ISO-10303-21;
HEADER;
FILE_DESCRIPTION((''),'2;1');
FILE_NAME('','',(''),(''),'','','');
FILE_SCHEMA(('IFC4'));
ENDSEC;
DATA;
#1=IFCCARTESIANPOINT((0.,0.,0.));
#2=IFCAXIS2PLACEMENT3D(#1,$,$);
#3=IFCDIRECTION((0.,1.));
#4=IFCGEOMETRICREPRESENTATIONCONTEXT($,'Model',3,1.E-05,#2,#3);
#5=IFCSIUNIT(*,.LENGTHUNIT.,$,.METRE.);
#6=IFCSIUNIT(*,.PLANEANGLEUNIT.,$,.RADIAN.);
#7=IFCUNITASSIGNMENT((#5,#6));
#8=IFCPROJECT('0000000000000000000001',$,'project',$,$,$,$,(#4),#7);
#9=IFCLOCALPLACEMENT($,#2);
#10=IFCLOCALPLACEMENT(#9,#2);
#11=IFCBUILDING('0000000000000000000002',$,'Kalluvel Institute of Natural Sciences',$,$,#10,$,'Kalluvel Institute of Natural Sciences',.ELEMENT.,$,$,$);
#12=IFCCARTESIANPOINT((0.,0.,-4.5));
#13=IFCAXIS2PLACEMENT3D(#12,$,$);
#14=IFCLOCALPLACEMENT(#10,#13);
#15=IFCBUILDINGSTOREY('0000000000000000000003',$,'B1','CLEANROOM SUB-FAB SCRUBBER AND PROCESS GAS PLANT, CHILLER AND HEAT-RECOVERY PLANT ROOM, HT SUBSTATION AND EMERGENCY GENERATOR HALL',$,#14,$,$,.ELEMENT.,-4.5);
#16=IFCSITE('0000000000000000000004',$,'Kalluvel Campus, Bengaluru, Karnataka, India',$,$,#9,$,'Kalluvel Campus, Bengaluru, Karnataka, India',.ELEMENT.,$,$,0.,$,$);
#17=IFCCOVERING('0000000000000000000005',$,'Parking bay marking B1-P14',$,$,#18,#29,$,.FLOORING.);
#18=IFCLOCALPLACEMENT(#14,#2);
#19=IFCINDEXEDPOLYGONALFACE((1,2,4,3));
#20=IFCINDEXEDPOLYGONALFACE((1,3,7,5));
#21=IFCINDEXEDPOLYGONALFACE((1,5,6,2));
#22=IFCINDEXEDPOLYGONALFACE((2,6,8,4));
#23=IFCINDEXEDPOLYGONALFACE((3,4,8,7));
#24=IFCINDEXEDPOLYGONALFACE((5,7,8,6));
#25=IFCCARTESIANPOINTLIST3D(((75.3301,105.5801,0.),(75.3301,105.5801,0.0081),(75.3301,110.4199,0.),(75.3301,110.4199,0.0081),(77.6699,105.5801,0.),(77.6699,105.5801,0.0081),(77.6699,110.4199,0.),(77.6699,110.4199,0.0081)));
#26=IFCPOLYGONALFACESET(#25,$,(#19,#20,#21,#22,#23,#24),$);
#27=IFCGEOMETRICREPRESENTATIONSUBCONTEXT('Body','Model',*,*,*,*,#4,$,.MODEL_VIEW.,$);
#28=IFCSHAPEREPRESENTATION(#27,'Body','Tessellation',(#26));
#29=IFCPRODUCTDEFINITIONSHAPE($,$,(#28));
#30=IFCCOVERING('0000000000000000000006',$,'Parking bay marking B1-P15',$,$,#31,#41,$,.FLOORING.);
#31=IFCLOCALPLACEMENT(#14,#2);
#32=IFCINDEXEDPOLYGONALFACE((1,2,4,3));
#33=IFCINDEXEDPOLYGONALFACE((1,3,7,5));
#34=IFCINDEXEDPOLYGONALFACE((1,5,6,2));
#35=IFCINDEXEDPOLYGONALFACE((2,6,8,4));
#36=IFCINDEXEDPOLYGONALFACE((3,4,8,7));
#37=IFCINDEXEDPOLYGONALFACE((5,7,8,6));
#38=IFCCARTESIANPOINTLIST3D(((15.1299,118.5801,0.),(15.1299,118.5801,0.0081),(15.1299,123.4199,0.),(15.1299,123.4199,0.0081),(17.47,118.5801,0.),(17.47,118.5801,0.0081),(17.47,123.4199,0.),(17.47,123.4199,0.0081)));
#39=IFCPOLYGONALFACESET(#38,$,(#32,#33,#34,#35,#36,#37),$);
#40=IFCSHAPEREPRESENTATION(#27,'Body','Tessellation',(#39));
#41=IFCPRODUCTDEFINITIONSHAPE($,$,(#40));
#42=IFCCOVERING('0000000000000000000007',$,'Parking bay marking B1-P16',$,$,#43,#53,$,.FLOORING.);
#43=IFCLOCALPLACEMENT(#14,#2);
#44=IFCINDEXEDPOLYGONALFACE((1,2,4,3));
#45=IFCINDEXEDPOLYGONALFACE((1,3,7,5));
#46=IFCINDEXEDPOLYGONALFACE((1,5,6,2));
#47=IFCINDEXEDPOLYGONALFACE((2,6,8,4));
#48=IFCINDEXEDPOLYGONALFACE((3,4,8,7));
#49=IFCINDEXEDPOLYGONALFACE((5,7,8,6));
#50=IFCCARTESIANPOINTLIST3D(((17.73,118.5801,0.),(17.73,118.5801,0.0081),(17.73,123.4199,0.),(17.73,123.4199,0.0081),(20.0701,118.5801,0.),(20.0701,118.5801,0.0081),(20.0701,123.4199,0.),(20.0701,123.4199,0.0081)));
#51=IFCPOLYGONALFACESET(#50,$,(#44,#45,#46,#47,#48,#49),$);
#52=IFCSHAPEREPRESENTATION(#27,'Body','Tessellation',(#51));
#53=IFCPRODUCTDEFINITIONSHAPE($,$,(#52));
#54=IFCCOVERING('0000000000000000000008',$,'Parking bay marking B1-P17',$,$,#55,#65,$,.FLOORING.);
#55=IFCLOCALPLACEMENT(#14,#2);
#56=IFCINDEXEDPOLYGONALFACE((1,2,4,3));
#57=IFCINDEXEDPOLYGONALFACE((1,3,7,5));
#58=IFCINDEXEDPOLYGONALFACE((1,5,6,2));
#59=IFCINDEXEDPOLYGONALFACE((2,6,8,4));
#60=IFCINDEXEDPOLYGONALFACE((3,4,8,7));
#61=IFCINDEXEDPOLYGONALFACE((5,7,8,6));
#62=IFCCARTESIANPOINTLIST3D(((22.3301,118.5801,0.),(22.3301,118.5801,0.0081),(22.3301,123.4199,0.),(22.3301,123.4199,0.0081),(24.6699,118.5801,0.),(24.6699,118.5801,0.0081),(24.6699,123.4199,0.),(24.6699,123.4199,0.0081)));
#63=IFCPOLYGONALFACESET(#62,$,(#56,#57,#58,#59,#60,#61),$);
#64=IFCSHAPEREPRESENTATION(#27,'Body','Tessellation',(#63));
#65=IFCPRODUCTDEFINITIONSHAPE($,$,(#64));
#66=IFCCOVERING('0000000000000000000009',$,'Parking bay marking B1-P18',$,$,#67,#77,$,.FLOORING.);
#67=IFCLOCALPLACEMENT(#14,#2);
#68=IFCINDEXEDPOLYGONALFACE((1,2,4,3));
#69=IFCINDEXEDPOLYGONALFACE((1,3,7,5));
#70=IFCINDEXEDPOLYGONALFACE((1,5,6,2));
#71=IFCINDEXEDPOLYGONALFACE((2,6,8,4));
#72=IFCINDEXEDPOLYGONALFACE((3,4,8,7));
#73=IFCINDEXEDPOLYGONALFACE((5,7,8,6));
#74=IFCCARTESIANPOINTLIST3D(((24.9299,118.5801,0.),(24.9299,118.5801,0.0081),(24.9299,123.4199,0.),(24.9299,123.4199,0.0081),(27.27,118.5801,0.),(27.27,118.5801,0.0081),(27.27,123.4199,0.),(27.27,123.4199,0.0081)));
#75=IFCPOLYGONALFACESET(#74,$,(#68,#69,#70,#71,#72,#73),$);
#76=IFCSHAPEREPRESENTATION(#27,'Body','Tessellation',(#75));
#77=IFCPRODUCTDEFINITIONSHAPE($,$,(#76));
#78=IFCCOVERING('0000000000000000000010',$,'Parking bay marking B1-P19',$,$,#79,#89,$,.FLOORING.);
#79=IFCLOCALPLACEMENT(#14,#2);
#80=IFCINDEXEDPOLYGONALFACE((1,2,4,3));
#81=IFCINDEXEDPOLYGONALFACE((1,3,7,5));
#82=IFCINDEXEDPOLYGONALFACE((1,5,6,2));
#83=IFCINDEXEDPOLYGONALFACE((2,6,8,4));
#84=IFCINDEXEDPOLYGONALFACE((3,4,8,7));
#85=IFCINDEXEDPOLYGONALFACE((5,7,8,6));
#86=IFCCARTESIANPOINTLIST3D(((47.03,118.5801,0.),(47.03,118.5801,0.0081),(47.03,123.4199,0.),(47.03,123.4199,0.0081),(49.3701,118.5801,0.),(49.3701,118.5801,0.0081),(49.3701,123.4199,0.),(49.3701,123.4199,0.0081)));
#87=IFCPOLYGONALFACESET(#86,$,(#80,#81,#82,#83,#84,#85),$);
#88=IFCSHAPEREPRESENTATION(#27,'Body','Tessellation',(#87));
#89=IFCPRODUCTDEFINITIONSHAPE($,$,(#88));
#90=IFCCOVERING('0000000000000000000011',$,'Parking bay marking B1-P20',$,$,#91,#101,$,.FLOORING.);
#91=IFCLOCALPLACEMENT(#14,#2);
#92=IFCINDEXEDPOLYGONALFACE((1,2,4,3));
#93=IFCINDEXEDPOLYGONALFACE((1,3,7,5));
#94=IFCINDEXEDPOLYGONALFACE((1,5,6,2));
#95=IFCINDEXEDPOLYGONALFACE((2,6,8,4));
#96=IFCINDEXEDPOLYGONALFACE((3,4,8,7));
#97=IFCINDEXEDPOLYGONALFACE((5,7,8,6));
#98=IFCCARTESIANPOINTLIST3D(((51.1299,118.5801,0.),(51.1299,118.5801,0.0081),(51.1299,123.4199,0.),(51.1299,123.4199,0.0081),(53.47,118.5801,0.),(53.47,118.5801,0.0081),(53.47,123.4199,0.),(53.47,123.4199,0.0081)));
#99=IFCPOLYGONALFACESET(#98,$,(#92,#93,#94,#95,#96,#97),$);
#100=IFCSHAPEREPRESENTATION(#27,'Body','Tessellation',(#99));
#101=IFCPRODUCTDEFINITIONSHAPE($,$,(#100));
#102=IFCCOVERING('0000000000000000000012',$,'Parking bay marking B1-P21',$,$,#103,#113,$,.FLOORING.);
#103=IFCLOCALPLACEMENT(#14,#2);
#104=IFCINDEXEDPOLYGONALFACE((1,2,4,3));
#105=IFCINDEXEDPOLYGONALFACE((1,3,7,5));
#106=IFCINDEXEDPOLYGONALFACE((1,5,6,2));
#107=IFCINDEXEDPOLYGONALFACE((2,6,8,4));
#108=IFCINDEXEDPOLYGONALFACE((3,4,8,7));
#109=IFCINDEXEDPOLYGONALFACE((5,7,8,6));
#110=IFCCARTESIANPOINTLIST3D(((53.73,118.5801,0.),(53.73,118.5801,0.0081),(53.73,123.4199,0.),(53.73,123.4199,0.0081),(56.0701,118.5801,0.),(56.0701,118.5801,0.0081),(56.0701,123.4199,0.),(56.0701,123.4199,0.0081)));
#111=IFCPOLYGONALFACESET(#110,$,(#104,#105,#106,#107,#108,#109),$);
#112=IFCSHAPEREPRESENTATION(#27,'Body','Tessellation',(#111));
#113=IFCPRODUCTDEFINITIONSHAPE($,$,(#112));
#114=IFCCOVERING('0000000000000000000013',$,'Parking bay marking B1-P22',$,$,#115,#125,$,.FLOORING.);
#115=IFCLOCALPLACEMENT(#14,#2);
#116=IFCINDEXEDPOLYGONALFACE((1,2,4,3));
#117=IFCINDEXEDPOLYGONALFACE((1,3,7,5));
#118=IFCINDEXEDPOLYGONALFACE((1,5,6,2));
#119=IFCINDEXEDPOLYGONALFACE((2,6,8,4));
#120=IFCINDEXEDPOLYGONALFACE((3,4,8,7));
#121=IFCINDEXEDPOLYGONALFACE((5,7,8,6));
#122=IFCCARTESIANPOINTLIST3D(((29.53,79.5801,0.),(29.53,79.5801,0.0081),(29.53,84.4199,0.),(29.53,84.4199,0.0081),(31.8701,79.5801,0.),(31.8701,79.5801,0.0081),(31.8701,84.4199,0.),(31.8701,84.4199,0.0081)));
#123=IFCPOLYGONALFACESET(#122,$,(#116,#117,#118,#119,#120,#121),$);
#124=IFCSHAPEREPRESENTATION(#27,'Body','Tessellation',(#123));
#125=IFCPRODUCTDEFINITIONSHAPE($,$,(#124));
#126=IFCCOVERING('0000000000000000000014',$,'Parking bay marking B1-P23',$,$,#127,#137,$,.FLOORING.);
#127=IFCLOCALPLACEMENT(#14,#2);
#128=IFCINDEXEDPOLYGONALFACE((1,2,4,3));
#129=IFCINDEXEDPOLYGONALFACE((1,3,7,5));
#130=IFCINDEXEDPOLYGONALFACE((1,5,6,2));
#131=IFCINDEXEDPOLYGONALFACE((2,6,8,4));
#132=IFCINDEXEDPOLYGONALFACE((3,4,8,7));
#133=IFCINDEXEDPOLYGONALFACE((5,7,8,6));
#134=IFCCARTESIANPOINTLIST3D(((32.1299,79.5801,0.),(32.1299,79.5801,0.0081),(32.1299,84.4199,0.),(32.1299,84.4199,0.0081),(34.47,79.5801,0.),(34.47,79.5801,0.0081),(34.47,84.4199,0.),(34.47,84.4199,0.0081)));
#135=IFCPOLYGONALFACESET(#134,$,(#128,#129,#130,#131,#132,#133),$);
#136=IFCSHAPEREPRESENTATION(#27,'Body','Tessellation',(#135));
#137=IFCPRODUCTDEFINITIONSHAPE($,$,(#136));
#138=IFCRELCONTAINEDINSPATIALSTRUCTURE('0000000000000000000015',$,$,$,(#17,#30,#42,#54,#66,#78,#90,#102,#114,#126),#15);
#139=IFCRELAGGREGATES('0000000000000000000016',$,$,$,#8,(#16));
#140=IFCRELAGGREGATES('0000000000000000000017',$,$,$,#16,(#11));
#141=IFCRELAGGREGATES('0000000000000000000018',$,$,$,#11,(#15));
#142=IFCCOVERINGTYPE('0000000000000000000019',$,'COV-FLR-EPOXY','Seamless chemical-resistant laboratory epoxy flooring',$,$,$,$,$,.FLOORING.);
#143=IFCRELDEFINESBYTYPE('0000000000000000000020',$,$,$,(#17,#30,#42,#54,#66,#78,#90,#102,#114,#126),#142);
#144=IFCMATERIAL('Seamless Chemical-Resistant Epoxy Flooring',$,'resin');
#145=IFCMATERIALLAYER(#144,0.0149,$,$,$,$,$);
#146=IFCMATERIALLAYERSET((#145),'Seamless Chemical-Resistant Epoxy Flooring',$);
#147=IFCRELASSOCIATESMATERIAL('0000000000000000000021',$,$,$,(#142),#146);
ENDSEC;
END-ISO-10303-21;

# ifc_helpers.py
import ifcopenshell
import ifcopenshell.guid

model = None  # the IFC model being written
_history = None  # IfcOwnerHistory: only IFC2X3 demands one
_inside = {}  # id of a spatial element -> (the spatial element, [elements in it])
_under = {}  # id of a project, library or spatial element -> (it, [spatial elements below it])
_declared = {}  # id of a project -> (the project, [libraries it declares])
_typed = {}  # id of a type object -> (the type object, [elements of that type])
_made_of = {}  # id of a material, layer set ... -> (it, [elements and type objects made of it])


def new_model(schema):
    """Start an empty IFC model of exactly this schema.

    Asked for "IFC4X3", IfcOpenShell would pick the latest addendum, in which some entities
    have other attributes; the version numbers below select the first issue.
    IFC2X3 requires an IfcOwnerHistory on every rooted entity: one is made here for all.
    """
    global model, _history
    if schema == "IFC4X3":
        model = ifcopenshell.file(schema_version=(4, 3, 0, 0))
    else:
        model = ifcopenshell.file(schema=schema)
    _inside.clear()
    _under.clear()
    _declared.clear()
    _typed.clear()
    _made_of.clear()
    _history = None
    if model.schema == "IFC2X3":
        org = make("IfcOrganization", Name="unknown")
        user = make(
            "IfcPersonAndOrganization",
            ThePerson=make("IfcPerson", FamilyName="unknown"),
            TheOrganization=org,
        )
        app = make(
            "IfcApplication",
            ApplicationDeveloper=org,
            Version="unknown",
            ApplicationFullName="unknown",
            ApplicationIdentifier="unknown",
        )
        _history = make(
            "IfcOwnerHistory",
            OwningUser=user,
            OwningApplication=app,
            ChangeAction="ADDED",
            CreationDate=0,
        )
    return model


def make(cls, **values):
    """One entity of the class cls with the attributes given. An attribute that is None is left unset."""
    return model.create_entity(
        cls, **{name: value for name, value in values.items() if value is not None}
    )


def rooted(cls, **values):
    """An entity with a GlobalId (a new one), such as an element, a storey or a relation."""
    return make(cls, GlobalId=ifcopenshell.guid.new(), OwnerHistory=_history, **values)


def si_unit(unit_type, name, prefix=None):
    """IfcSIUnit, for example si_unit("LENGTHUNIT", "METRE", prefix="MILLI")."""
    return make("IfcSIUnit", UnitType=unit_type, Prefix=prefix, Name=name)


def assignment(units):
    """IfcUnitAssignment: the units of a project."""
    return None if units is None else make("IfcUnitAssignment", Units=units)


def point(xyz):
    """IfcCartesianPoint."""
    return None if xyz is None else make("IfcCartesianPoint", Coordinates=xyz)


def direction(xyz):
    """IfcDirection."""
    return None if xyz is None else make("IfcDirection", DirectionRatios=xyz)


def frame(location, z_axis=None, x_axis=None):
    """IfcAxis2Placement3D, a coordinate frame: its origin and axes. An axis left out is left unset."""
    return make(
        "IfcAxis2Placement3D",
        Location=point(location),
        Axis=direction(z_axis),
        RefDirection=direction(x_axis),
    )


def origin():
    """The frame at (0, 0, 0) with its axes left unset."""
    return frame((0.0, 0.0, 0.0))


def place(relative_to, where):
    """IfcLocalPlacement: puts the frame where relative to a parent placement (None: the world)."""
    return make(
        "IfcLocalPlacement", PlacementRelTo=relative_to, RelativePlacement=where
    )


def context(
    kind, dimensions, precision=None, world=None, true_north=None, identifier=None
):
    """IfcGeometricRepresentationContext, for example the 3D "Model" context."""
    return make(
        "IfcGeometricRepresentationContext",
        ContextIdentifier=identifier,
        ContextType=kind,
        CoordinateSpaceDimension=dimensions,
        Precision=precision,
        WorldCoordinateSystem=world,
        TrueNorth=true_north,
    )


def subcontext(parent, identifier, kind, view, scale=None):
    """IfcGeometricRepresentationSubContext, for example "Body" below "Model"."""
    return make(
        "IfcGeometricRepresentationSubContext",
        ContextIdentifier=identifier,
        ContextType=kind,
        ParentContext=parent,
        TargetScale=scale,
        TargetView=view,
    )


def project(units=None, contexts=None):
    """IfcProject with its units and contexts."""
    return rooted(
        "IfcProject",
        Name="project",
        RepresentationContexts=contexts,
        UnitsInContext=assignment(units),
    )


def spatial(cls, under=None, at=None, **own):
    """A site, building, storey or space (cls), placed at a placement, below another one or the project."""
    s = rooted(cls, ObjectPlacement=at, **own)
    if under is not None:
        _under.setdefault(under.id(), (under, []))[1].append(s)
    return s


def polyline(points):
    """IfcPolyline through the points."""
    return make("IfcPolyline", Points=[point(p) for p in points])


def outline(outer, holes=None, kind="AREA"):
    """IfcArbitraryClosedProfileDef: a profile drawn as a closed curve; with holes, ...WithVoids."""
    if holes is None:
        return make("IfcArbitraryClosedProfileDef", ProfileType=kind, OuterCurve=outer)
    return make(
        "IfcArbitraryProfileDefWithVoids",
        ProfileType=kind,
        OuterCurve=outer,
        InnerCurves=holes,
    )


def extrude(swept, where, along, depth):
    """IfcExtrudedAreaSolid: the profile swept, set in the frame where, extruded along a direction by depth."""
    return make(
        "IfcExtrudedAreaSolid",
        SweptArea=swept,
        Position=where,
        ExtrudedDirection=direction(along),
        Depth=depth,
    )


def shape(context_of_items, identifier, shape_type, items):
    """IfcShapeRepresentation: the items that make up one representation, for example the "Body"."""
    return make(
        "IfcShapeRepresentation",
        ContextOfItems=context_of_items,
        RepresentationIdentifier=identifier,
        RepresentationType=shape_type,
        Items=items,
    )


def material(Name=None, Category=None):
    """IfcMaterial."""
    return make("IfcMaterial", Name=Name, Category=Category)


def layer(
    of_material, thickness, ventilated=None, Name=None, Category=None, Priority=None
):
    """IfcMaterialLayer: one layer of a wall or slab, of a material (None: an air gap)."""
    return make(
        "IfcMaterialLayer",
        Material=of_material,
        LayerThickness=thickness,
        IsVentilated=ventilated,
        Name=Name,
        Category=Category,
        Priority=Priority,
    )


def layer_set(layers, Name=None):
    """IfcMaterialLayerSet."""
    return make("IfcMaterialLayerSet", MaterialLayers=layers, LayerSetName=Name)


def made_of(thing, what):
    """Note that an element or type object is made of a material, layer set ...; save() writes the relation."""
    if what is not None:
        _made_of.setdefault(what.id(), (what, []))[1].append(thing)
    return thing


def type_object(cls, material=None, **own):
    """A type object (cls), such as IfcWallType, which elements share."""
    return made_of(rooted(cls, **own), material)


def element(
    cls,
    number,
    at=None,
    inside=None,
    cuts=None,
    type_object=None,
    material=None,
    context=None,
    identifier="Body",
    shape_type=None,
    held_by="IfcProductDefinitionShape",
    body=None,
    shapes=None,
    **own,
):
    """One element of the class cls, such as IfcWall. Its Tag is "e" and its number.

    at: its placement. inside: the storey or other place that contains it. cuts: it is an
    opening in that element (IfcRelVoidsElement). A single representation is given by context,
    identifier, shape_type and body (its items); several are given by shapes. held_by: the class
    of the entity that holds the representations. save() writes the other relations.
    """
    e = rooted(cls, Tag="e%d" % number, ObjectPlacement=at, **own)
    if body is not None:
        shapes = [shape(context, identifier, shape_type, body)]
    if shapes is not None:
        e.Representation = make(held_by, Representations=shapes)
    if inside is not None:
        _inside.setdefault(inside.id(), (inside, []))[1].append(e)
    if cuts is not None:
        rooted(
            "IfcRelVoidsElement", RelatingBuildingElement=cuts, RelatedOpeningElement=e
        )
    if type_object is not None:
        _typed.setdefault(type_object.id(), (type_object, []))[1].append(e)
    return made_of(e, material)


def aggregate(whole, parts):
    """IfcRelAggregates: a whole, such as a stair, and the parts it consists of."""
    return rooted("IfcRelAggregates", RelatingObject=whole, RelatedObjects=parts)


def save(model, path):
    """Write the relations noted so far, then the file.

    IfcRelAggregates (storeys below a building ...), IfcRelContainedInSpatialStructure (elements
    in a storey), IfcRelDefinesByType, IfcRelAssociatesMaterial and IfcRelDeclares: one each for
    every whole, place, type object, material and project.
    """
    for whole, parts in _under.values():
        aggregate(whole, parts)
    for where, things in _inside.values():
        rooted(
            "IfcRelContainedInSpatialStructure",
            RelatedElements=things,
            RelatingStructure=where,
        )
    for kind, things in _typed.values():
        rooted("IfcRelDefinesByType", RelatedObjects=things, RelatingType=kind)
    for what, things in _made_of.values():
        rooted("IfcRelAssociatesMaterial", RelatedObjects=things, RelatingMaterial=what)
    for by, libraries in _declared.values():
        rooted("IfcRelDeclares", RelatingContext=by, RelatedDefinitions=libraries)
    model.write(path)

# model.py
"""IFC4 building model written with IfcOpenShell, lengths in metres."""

from ifc_helpers import new_model, si_unit, direction, frame, origin, place, context, subcontext, project, spatial, polyline, outline, extrude, material, layer, layer_set, type_object, element, save


model = new_model("IFC4")

# Units and contexts
model_context = context("Model", 3, precision=1e-05, world=origin(), true_north=direction((0.0, 1.0)))
body_context = subcontext(model_context, "Body", "Model", "MODEL_VIEW")
ifc_project = project(units=[si_unit("LENGTHUNIT", "METRE"), si_unit("PLANEANGLEUNIT", "RADIAN")], contexts=[model_context])

# Site, building, storey
site_placement = place(None, origin())
site = spatial("IfcSite", under=ifc_project, at=site_placement, Name="Kalluvel Campus, Bengaluru, Karnataka, India", LongName="Kalluvel Campus, Bengaluru, Karnataka, India", CompositionType="ELEMENT", RefElevation=0.0)
building_placement = place(site_placement, origin())
building = spatial("IfcBuilding", under=site, at=building_placement, Name="Kalluvel Institute of Natural Sciences", LongName="Kalluvel Institute of Natural Sciences", CompositionType="ELEMENT")
storey_placement = place(building_placement, frame((0.0, 0.0, -4.5)))
storey = spatial("IfcBuildingStorey", under=building, at=storey_placement, Name="B1", Description="CLEANROOM SUB-FAB SCRUBBER AND PROCESS GAS PLANT, CHILLER AND HEAT-RECOVERY PLANT ROOM, HT SUBSTATION AND EMERGENCY GENERATOR HALL", CompositionType="ELEMENT", Elevation=-4.5)

# Coverings
ifc_material_1 = material(Name="Seamless Chemical-Resistant Epoxy Flooring", Category="resin")
ifc_layer_1 = layer(ifc_material_1, 0.0149)
ifc_layer_set_1 = layer_set([ifc_layer_1], Name="Seamless Chemical-Resistant Epoxy Flooring")
covering_type = type_object("IfcCoveringType", Name="COV-FLR-EPOXY", Description="Seamless chemical-resistant laboratory epoxy flooring", PredefinedType="FLOORING", material=ifc_layer_set_1)
covering_1_placement = place(storey_placement, origin())
element("IfcCovering", 1, at=covering_1_placement, inside=storey, type_object=covering_type, Name="Parking bay marking B1-P14", PredefinedType="FLOORING", context=body_context, shape_type="SweptSolid", body=[
    extrude(outline(polyline([(75.3301, 105.5801), (77.6699, 105.5801), (77.6699, 110.4199), (75.3301, 110.4199), (75.3301, 105.5801)])), origin(), (0.0, 0.0, 1.0), 0.0081),
])
covering_2_placement = place(storey_placement, origin())
element("IfcCovering", 2, at=covering_2_placement, inside=storey, type_object=covering_type, Name="Parking bay marking B1-P15", PredefinedType="FLOORING", context=body_context, shape_type="SweptSolid", body=[
    extrude(outline(polyline([(15.1299, 118.5801), (17.47, 118.5801), (17.47, 123.4199), (15.1299, 123.4199), (15.1299, 118.5801)])), origin(), (0.0, 0.0, 1.0), 0.0081),
])
covering_3_placement = place(storey_placement, origin())
element("IfcCovering", 3, at=covering_3_placement, inside=storey, type_object=covering_type, Name="Parking bay marking B1-P16", PredefinedType="FLOORING", context=body_context, shape_type="SweptSolid", body=[
    extrude(outline(polyline([(17.73, 118.5801), (20.0701, 118.5801), (20.0701, 123.4199), (17.73, 123.4199), (17.73, 118.5801)])), origin(), (0.0, 0.0, 1.0), 0.0081),
])
covering_4_placement = place(storey_placement, origin())
element("IfcCovering", 4, at=covering_4_placement, inside=storey, type_object=covering_type, Name="Parking bay marking B1-P17", PredefinedType="FLOORING", context=body_context, shape_type="SweptSolid", body=[
    extrude(outline(polyline([(22.3301, 118.5801), (24.6699, 118.5801), (24.6699, 123.4199), (22.3301, 123.4199), (22.3301, 118.5801)])), origin(), (0.0, 0.0, 1.0), 0.0081),
])
covering_5_placement = place(storey_placement, origin())
element("IfcCovering", 5, at=covering_5_placement, inside=storey, type_object=covering_type, Name="Parking bay marking B1-P18", PredefinedType="FLOORING", context=body_context, shape_type="SweptSolid", body=[
    extrude(outline(polyline([(24.9299, 118.5801), (27.27, 118.5801), (27.27, 123.4199), (24.9299, 123.4199), (24.9299, 118.5801)])), origin(), (0.0, 0.0, 1.0), 0.0081),
])
covering_6_placement = place(storey_placement, origin())
element("IfcCovering", 6, at=covering_6_placement, inside=storey, type_object=covering_type, Name="Parking bay marking B1-P19", PredefinedType="FLOORING", context=body_context, shape_type="SweptSolid", body=[
    extrude(outline(polyline([(47.03, 118.5801), (49.3701, 118.5801), (49.3701, 123.4199), (47.03, 123.4199), (47.03, 118.5801)])), origin(), (0.0, 0.0, 1.0), 0.0081),
])
covering_7_placement = place(storey_placement, origin())
element("IfcCovering", 7, at=covering_7_placement, inside=storey, type_object=covering_type, Name="Parking bay marking B1-P20", PredefinedType="FLOORING", context=body_context, shape_type="SweptSolid", body=[
    extrude(outline(polyline([(51.1299, 118.5801), (53.47, 118.5801), (53.47, 123.4199), (51.1299, 123.4199), (51.1299, 118.5801)])), origin(), (0.0, 0.0, 1.0), 0.0081),
])
covering_8_placement = place(storey_placement, origin())
element("IfcCovering", 8, at=covering_8_placement, inside=storey, type_object=covering_type, Name="Parking bay marking B1-P21", PredefinedType="FLOORING", context=body_context, shape_type="SweptSolid", body=[
    extrude(outline(polyline([(53.73, 118.5801), (56.0701, 118.5801), (56.0701, 123.4199), (53.73, 123.4199), (53.73, 118.5801)])), origin(), (0.0, 0.0, 1.0), 0.0081),
])
covering_9_placement = place(storey_placement, origin())
element("IfcCovering", 9, at=covering_9_placement, inside=storey, type_object=covering_type, Name="Parking bay marking B1-P22", PredefinedType="FLOORING", context=body_context, shape_type="SweptSolid", body=[
    extrude(outline(polyline([(29.53, 79.5801), (31.8701, 79.5801), (31.8701, 84.4199), (29.53, 84.4199), (29.53, 79.5801)])), origin(), (0.0, 0.0, 1.0), 0.0081),
])
covering_10_placement = place(storey_placement, origin())
element("IfcCovering", 10, at=covering_10_placement, inside=storey, type_object=covering_type, Name="Parking bay marking B1-P23", PredefinedType="FLOORING", context=body_context, shape_type="SweptSolid", body=[
    extrude(outline(polyline([(32.1299, 79.5801), (34.47, 79.5801), (34.47, 84.4199), (32.1299, 84.4199), (32.1299, 79.5801)])), origin(), (0.0, 0.0, 1.0), 0.0081),
])

save(model, "model.ifc")
